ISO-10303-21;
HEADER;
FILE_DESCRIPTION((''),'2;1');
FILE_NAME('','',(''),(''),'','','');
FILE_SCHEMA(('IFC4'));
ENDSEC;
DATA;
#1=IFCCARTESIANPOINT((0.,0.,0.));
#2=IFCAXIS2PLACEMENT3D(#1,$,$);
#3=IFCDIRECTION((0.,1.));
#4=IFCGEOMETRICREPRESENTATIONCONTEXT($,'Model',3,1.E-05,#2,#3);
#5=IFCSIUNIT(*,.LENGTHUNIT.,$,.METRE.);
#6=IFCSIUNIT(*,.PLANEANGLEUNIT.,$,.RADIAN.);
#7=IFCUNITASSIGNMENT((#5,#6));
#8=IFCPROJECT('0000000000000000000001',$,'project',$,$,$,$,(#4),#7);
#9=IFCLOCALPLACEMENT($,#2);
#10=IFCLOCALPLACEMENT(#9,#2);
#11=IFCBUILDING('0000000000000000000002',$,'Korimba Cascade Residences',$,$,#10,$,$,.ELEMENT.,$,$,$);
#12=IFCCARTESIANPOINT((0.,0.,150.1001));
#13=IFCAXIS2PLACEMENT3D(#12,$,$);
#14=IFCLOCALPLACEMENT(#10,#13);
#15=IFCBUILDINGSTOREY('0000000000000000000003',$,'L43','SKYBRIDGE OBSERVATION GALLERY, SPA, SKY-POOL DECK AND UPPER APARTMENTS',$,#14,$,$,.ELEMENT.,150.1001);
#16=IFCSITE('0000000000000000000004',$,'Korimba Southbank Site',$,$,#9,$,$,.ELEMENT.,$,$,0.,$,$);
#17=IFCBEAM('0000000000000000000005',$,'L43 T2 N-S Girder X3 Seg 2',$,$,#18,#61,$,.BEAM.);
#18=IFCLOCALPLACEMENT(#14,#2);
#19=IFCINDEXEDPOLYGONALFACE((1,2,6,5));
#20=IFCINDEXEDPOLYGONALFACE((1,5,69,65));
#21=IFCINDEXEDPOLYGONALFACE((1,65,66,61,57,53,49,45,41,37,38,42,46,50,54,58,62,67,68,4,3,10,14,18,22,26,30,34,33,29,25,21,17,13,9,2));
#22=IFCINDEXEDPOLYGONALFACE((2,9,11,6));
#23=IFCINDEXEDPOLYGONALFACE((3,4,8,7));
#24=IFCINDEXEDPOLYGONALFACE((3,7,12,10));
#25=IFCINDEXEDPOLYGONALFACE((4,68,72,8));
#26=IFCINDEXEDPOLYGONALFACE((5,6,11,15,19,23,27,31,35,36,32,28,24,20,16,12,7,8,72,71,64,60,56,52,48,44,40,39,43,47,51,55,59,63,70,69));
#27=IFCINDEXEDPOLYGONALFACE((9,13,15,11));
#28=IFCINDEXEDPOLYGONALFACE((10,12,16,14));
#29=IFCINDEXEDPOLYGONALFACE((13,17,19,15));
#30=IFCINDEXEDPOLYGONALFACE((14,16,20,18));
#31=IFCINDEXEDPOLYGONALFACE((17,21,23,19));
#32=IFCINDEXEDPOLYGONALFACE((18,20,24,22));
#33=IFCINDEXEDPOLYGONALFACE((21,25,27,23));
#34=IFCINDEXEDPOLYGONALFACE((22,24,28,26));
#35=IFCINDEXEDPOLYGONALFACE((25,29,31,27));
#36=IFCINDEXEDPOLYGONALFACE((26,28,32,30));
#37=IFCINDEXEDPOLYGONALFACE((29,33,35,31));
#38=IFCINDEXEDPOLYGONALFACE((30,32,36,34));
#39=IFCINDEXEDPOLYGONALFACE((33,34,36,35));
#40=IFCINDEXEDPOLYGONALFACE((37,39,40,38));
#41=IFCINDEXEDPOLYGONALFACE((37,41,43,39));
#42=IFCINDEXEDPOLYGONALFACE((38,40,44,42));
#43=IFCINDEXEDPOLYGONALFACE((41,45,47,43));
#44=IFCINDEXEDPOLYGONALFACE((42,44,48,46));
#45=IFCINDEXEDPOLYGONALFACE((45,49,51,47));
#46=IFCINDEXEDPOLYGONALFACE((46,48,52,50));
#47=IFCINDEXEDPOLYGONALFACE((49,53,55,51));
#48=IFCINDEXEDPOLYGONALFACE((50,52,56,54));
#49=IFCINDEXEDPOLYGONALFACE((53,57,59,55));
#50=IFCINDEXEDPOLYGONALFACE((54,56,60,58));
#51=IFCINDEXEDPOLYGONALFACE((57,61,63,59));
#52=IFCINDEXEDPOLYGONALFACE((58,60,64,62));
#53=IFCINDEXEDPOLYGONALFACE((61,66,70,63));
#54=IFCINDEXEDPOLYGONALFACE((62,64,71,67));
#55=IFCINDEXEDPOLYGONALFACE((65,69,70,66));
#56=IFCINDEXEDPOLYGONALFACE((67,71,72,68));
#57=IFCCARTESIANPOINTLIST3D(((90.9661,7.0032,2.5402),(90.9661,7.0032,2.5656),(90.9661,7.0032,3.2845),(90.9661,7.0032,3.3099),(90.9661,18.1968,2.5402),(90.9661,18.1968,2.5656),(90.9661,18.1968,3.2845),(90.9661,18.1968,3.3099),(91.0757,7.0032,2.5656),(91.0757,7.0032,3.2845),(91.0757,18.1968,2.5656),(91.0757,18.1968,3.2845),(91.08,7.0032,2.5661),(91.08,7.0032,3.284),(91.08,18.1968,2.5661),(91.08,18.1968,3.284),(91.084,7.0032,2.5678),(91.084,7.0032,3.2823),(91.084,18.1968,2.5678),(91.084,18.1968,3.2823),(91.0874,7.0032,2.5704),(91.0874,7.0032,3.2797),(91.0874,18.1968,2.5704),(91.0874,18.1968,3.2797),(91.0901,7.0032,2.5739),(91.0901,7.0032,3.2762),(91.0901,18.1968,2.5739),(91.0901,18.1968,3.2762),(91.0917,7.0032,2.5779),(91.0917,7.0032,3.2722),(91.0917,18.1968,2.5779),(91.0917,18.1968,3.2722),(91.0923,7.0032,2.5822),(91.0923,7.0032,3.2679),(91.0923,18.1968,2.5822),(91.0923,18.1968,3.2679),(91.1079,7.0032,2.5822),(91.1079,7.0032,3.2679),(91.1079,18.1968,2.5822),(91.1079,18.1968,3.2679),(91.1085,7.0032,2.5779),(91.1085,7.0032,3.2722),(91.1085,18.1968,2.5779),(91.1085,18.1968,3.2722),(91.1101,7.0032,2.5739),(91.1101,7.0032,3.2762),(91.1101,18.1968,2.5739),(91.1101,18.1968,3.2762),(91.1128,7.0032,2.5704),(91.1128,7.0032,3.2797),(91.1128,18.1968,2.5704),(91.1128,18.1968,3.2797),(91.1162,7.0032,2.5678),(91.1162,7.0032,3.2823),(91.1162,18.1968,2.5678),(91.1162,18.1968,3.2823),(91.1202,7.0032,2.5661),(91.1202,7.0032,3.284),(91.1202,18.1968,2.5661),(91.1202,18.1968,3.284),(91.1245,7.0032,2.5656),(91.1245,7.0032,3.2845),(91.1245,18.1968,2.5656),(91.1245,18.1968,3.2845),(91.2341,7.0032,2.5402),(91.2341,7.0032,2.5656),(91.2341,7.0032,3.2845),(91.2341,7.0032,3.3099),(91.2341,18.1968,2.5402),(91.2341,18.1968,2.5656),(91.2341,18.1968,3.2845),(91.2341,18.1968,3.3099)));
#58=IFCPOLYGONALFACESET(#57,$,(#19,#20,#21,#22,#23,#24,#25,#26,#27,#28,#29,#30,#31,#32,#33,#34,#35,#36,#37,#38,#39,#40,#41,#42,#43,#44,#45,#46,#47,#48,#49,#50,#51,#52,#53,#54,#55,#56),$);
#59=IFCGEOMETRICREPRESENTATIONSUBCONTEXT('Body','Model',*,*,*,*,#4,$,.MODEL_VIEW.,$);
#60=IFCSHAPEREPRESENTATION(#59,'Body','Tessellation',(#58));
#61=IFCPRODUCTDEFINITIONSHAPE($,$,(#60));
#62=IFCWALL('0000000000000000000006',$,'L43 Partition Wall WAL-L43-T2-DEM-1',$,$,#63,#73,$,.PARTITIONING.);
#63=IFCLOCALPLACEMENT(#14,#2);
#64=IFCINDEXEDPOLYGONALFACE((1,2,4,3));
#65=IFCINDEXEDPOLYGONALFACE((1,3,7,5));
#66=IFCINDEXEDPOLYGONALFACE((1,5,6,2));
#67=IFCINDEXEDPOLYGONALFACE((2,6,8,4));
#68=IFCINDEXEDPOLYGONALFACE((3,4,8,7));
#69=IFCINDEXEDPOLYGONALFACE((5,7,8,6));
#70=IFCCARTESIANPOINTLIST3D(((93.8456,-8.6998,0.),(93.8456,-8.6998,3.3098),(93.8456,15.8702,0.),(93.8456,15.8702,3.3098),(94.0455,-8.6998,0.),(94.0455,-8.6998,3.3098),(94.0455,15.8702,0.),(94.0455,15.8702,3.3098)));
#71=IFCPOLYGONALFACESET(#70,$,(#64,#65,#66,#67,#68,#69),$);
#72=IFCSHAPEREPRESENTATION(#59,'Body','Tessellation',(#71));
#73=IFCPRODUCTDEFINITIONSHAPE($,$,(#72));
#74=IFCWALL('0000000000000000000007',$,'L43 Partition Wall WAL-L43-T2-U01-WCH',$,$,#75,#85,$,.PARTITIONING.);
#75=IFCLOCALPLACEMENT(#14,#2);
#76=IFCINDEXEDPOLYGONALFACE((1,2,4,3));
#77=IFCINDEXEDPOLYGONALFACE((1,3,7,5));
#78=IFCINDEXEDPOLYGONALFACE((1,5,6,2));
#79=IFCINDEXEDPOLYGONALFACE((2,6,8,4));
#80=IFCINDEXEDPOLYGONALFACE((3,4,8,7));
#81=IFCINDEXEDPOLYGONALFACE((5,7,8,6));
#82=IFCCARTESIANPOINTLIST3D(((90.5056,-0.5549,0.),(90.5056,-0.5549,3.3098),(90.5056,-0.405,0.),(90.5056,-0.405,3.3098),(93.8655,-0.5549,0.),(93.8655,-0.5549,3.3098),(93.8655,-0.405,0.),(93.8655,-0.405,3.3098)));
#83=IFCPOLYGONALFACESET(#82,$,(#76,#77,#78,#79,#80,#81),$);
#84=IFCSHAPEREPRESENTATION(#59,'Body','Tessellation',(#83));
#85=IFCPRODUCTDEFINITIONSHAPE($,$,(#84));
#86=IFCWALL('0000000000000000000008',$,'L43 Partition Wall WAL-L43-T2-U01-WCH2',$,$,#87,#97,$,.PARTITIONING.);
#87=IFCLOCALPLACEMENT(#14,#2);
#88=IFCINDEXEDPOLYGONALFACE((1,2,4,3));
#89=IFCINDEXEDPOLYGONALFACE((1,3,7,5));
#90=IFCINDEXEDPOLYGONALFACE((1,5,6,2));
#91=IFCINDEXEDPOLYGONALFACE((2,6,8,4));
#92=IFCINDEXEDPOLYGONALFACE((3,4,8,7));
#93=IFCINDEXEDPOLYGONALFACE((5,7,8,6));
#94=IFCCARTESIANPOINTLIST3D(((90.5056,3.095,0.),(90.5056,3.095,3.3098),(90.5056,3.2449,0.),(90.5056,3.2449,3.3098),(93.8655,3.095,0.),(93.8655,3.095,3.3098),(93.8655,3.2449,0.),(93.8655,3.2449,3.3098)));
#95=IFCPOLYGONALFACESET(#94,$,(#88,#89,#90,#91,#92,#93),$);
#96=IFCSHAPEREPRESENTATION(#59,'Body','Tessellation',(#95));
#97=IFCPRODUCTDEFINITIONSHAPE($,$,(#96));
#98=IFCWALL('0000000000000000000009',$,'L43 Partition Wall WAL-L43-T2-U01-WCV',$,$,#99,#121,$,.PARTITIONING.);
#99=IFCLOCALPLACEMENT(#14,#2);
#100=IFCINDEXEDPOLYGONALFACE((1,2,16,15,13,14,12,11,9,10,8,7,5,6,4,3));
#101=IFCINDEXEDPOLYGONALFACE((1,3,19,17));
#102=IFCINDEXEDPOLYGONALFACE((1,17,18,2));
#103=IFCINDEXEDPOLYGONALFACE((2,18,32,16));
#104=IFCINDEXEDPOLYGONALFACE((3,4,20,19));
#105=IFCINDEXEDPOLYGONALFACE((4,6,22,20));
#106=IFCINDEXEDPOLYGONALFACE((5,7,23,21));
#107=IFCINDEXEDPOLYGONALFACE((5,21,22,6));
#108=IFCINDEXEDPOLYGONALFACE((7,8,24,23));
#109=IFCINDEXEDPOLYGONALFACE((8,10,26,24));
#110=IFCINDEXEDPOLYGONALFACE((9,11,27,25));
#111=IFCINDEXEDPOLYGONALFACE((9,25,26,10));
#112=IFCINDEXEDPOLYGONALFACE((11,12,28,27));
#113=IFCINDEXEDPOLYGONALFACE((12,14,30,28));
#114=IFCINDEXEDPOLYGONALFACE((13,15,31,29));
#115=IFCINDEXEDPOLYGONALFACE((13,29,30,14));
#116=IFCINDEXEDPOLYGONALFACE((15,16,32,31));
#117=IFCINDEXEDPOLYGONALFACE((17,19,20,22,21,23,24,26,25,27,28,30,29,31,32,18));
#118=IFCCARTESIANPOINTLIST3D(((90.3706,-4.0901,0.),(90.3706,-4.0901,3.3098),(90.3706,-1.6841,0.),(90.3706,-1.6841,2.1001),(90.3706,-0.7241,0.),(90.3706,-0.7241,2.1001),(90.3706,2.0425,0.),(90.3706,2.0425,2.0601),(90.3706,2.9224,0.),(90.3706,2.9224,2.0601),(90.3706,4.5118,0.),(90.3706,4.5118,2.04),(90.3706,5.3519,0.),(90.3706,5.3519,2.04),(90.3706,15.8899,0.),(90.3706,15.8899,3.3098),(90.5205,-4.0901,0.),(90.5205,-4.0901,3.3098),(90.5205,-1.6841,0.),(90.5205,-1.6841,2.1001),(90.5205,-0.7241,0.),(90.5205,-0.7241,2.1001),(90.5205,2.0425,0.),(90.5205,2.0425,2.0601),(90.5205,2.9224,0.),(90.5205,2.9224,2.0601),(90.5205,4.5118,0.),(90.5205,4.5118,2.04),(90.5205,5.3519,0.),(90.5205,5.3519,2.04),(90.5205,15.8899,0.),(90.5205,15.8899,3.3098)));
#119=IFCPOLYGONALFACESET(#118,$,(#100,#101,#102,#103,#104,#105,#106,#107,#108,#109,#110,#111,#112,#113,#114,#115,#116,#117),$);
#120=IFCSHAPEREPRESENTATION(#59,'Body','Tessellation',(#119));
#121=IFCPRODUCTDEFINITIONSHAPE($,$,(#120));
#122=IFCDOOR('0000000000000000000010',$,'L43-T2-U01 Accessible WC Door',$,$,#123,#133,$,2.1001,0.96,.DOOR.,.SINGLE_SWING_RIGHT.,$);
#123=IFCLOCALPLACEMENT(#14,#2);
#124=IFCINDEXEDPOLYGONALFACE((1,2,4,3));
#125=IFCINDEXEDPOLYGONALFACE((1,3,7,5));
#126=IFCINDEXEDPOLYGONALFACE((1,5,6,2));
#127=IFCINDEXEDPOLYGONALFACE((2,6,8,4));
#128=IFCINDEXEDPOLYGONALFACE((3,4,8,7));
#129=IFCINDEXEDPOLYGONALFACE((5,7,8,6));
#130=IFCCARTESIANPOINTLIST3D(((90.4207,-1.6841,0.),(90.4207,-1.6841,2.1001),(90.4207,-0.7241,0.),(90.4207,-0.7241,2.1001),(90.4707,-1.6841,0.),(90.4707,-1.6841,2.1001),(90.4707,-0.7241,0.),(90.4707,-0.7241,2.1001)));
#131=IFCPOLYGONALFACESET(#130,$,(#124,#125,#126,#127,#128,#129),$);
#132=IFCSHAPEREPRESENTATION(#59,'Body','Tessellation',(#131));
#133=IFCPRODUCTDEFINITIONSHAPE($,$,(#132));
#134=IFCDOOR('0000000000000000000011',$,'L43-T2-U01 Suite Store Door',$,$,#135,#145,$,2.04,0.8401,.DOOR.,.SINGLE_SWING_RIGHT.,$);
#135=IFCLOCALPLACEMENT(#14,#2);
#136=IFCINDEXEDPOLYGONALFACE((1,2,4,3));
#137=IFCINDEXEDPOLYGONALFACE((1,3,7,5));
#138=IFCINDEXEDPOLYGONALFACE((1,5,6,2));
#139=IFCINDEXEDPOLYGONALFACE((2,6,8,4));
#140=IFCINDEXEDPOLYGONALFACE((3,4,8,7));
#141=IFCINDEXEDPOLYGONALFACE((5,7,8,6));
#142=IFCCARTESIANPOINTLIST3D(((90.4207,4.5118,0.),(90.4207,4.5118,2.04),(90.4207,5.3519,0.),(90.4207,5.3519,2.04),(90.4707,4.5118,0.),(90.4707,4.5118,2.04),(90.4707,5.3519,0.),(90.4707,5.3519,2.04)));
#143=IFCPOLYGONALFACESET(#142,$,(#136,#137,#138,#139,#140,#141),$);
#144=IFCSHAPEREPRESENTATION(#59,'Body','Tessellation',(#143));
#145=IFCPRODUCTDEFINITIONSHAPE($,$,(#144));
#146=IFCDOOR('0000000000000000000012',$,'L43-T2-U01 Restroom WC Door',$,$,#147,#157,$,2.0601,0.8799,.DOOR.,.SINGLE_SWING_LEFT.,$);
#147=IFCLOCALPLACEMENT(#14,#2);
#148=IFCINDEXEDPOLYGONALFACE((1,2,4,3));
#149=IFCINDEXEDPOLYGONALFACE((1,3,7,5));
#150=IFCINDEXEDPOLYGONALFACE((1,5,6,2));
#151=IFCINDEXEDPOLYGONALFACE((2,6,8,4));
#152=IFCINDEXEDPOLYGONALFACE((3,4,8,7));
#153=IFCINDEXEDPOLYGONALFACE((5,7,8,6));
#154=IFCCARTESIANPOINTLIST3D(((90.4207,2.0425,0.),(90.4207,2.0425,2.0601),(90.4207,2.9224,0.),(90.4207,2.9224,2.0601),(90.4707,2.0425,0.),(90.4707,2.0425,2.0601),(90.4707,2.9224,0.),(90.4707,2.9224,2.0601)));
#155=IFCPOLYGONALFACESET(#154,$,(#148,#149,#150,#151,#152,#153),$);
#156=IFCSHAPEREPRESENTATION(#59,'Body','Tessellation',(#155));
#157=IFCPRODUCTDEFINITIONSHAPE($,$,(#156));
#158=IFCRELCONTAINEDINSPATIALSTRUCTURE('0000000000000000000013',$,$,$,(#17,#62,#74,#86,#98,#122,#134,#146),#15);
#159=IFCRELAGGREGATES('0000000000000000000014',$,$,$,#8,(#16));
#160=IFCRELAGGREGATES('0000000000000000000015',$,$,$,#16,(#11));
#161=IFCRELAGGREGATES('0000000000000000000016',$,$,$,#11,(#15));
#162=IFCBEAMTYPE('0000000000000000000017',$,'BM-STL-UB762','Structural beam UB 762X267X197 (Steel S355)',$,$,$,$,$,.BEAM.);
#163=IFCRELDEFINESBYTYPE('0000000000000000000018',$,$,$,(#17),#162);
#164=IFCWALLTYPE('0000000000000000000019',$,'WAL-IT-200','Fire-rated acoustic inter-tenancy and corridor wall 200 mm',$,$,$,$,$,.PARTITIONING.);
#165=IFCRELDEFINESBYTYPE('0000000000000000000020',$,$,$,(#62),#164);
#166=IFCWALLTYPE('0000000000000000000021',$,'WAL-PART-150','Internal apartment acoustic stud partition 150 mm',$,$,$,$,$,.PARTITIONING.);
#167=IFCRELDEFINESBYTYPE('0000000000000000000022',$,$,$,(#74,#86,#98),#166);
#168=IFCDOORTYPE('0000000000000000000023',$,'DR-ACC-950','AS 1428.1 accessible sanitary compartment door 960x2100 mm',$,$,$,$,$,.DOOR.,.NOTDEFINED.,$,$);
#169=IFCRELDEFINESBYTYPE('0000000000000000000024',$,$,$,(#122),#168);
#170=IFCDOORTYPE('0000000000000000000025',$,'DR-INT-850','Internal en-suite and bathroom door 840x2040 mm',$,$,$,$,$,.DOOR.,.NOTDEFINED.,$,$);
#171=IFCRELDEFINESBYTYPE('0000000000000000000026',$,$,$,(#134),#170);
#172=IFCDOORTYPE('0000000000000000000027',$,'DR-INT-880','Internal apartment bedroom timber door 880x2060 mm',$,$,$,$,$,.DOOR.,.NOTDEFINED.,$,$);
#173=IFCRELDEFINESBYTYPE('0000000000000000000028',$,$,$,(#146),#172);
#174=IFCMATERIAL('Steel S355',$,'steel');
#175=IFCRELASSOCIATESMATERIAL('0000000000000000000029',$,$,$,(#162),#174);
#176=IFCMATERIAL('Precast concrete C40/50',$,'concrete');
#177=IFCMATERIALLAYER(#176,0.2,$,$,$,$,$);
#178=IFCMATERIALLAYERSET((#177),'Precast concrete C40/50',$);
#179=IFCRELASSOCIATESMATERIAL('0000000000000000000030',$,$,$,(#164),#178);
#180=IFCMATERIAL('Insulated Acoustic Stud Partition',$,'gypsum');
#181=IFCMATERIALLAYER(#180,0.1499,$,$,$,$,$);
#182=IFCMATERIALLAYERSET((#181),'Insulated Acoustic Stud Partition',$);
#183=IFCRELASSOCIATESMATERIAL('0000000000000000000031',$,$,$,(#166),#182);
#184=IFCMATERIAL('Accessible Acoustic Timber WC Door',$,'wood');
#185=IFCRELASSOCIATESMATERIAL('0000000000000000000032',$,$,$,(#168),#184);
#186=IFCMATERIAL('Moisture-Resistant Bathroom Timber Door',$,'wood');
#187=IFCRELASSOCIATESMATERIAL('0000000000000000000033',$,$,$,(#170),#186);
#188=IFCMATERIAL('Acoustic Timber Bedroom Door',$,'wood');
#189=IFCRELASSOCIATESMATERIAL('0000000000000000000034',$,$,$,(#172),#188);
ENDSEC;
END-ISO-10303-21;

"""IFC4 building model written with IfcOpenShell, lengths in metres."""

from ifc_helpers import new_model, si_unit, direction, frame, frame_2d, origin, origin_2d, place, context, subcontext, project, spatial, rectangle, i_section, extrude, material, layer, layer_set, material_profile, profile_set, type_object, element, fill, save


model = new_model("IFC4")

# Units and contexts
model_context = context("Model", 3, precision=1e-05, world=origin(), true_north=direction((0.0, 1.0)))
body_context = subcontext(model_context, "Body", "Model", "MODEL_VIEW")
ifc_project = project(units=[si_unit("LENGTHUNIT", "METRE"), si_unit("PLANEANGLEUNIT", "RADIAN")], contexts=[model_context])

# Site, building, storey
site_placement = place(None, origin())
site = spatial("IfcSite", under=ifc_project, at=site_placement, Name="Korimba Southbank Site", CompositionType="ELEMENT", RefElevation=0.0)
building_placement = place(site_placement, origin())
building = spatial("IfcBuilding", under=site, at=building_placement, Name="Korimba Cascade Residences", CompositionType="ELEMENT")
storey_placement = place(building_placement, frame((0.0, 0.0, 150.1001)))
storey = spatial("IfcBuildingStorey", under=building, at=storey_placement, Name="L43", Description="SKYBRIDGE OBSERVATION GALLERY, SPA, SKY-POOL DECK AND UPPER APARTMENTS", CompositionType="ELEMENT", Elevation=150.1001)

# Beam
ifc_material_1 = material(Name="Steel S355", Category="steel")
ifc_material_profile_1 = material_profile(ifc_material_1, i_section(OverallWidth=0.2681, OverallDepth=0.7698, WebThickness=0.0156, FlangeThickness=0.0254, FilletRadius=0.0166, at=origin_2d()), Name="Steel S355")
ifc_profile_set_1 = profile_set([ifc_material_profile_1], Name="Steel S355")
beam_type_1 = type_object("IfcBeamType", Name="BM-STL-UB762", Description="Structural beam UB 762X267X197 (Steel S355)", PredefinedType="BEAM", material=ifc_profile_set_1)
beam_1_placement = place(storey_placement, frame((91.1001, 7.0032, 2.925), z_axis=(0.0, 1.0, 0.0), x_axis=(-1.0, 0.0, 0.0)))
element("IfcBeam", 1, at=beam_1_placement, inside=storey, type_object=beam_type_1, Name="L43 T2 N-S Girder X3 Seg 2", PredefinedType="BEAM", context=body_context, shape_type="SweptSolid", body=[
    extrude(i_section(OverallWidth=0.2681, OverallDepth=0.7698, WebThickness=0.0156, FlangeThickness=0.0254, FilletRadius=0.0166, at=origin_2d()), origin(), (0.0, 0.0, 1.0), 11.1936),
])

# Walls
ifc_material_2 = material(Name="Precast concrete C40/50", Category="concrete")
ifc_layer_1 = layer(ifc_material_2, 0.2)
ifc_layer_set_1 = layer_set([ifc_layer_1], Name="Precast concrete C40/50")
wall_type_1 = type_object("IfcWallType", Name="WAL-IT-200", Description="Fire-rated acoustic inter-tenancy and corridor wall 200 mm", PredefinedType="PARTITIONING", material=ifc_layer_set_1)
wall_1_placement = place(storey_placement, frame((93.9456, -8.7, 0.0), z_axis=(0.0, 0.0, 1.0), x_axis=(0.0, 1.0, 0.0)))
element("IfcWall", 2, at=wall_1_placement, inside=storey, type_object=wall_type_1, Name="L43 Partition Wall WAL-L43-T2-DEM-1", PredefinedType="PARTITIONING", context=body_context, shape_type="SweptSolid", body=[
    extrude(rectangle(XDim=24.5701, YDim=0.2, at=frame_2d((12.2852, 0.0))), origin(), (0.0, 0.0, 1.0), 3.3098),
])
ifc_material_3 = material(Name="Insulated Acoustic Stud Partition", Category="gypsum")
ifc_layer_2 = layer(ifc_material_3, 0.1499)
ifc_layer_set_2 = layer_set([ifc_layer_2], Name="Insulated Acoustic Stud Partition")
wall_type_2 = type_object("IfcWallType", Name="WAL-PART-150", Description="Internal apartment acoustic stud partition 150 mm", PredefinedType="PARTITIONING", material=ifc_layer_set_2)
for number, where, z_axis, x_axis, name in (
    (3, (90.5056, -0.48, 0.0), (0.0, 0.0, 1.0), (1.0, 0.0, 0.0), "L43 Partition Wall WAL-L43-T2-U01-WCH"),
    (4, (90.5056, 3.1699, 0.0), (0.0, 0.0, 1.0), (1.0, 0.0, 0.0), "L43 Partition Wall WAL-L43-T2-U01-WCH2"),
):
    element("IfcWall", number, at=place(storey_placement, frame(where, z_axis=z_axis, x_axis=x_axis)), inside=storey, type_object=wall_type_2, Name=name, PredefinedType="PARTITIONING", context=body_context, shape_type="SweptSolid", body=[
        extrude(rectangle(XDim=3.3599, YDim=0.1499, at=frame_2d((1.6799, 0.0))), origin(), (0.0, 0.0, 1.0), 3.3098),
    ])

# Wall, openings, doors
wall_2_placement = place(storey_placement, frame((90.4456, -4.0901, 0.0), z_axis=(0.0, 0.0, 1.0), x_axis=(0.0, 1.0, 0.0)))
wall_2 = element("IfcWall", 5, at=wall_2_placement, inside=storey, type_object=wall_type_2, Name="L43 Partition Wall WAL-L43-T2-U01-WCV", PredefinedType="PARTITIONING", context=body_context, shape_type="SweptSolid", body=[
    extrude(rectangle(XDim=19.98, YDim=0.1499, at=frame_2d((9.99, 0.0))), origin(), (0.0, 0.0, 1.0), 3.3098),
])
opening_1_placement = place(wall_2_placement, frame((2.406, 0.0, 0.0)))
opening_1 = element("IfcOpeningElement", 6, at=opening_1_placement, cuts=wall_2, PredefinedType="OPENING", context=body_context, shape_type="SweptSolid", body=[
    extrude(rectangle(XDim=0.96, YDim=2.1001, at=frame_2d((0.48, 1.05))), frame((0.0, 0.085, 0.0), z_axis=(0.0, -1.0, 0.0), x_axis=(1.0, 0.0, 0.0)), (0.0, 0.0, 1.0), 0.1699),
])
opening_2_placement = place(wall_2_placement, frame((6.1326, 0.0, 0.0)))
opening_2 = element("IfcOpeningElement", 7, at=opening_2_placement, cuts=wall_2, PredefinedType="OPENING", context=body_context, shape_type="SweptSolid", body=[
    extrude(rectangle(XDim=0.8799, YDim=2.0601, at=frame_2d((0.4399, 1.03))), frame((0.0, 0.085, 0.0), z_axis=(0.0, -1.0, 0.0), x_axis=(1.0, 0.0, 0.0)), (0.0, 0.0, 1.0), 0.1699),
])
opening_3_placement = place(wall_2_placement, frame((8.6021, 0.0, 0.0)))
opening_3 = element("IfcOpeningElement", 8, at=opening_3_placement, cuts=wall_2, PredefinedType="OPENING", context=body_context, shape_type="SweptSolid", body=[
    extrude(rectangle(XDim=0.8401, YDim=2.04, at=frame_2d((0.4199, 1.02))), frame((0.0, 0.085, 0.0), z_axis=(0.0, -1.0, 0.0), x_axis=(1.0, 0.0, 0.0)), (0.0, 0.0, 1.0), 0.1699),
])
ifc_material_4 = material(Name="Accessible Acoustic Timber WC Door", Category="wood")
door_type_1 = type_object("IfcDoorType", Name="DR-ACC-950", Description="AS 1428.1 accessible sanitary compartment door 960x2100 mm", OperationType="NOTDEFINED", PredefinedType="DOOR", material=ifc_material_4)
door_1_placement = place(opening_1_placement, origin())
door_1 = element("IfcDoor", 9, at=door_1_placement, inside=storey, type_object=door_type_1, Name="L43-T2-U01 Accessible WC Door", OperationType="SINGLE_SWING_RIGHT", OverallHeight=2.1001, OverallWidth=0.96, PredefinedType="DOOR", context=body_context, shape_type="SweptSolid", body=[
    extrude(rectangle(XDim=0.96, YDim=2.1001, at=frame_2d((0.48, 1.05))), frame((0.0, 0.0249, 0.0), z_axis=(0.0, -1.0, 0.0), x_axis=(1.0, 0.0, 0.0)), (0.0, 0.0, 1.0), 0.05),
])
fill(opening_1, door_1)
ifc_material_5 = material(Name="Moisture-Resistant Bathroom Timber Door", Category="wood")
door_type_2 = type_object("IfcDoorType", Name="DR-INT-850", Description="Internal en-suite and bathroom door 840x2040 mm", OperationType="NOTDEFINED", PredefinedType="DOOR", material=ifc_material_5)
door_2_placement = place(opening_3_placement, origin())
door_2 = element("IfcDoor", 10, at=door_2_placement, inside=storey, type_object=door_type_2, Name="L43-T2-U01 Suite Store Door", OperationType="SINGLE_SWING_RIGHT", OverallHeight=2.04, OverallWidth=0.8401, PredefinedType="DOOR", context=body_context, shape_type="SweptSolid", body=[
    extrude(rectangle(XDim=0.8401, YDim=2.04, at=frame_2d((0.4199, 1.02))), frame((0.0, 0.0249, 0.0), z_axis=(0.0, -1.0, 0.0), x_axis=(1.0, 0.0, 0.0)), (0.0, 0.0, 1.0), 0.05),
])
fill(opening_3, door_2)
ifc_material_6 = material(Name="Acoustic Timber Bedroom Door", Category="wood")
door_type_3 = type_object("IfcDoorType", Name="DR-INT-880", Description="Internal apartment bedroom timber door 880x2060 mm", OperationType="NOTDEFINED", PredefinedType="DOOR", material=ifc_material_6)
door_3_placement = place(opening_2_placement, origin())
door_3 = element("IfcDoor", 11, at=door_3_placement, inside=storey, type_object=door_type_3, Name="L43-T2-U01 Restroom WC Door", OperationType="SINGLE_SWING_LEFT", OverallHeight=2.0601, OverallWidth=0.8799, PredefinedType="DOOR", context=body_context, shape_type="SweptSolid", body=[
    extrude(rectangle(XDim=0.8799, YDim=2.0601, at=frame_2d((0.4399, 1.03))), frame((0.0, 0.0249, 0.0), z_axis=(0.0, -1.0, 0.0), x_axis=(1.0, 0.0, 0.0)), (0.0, 0.0, 1.0), 0.05),
])
fill(opening_2, door_3)

save(model, "model.ifc")
